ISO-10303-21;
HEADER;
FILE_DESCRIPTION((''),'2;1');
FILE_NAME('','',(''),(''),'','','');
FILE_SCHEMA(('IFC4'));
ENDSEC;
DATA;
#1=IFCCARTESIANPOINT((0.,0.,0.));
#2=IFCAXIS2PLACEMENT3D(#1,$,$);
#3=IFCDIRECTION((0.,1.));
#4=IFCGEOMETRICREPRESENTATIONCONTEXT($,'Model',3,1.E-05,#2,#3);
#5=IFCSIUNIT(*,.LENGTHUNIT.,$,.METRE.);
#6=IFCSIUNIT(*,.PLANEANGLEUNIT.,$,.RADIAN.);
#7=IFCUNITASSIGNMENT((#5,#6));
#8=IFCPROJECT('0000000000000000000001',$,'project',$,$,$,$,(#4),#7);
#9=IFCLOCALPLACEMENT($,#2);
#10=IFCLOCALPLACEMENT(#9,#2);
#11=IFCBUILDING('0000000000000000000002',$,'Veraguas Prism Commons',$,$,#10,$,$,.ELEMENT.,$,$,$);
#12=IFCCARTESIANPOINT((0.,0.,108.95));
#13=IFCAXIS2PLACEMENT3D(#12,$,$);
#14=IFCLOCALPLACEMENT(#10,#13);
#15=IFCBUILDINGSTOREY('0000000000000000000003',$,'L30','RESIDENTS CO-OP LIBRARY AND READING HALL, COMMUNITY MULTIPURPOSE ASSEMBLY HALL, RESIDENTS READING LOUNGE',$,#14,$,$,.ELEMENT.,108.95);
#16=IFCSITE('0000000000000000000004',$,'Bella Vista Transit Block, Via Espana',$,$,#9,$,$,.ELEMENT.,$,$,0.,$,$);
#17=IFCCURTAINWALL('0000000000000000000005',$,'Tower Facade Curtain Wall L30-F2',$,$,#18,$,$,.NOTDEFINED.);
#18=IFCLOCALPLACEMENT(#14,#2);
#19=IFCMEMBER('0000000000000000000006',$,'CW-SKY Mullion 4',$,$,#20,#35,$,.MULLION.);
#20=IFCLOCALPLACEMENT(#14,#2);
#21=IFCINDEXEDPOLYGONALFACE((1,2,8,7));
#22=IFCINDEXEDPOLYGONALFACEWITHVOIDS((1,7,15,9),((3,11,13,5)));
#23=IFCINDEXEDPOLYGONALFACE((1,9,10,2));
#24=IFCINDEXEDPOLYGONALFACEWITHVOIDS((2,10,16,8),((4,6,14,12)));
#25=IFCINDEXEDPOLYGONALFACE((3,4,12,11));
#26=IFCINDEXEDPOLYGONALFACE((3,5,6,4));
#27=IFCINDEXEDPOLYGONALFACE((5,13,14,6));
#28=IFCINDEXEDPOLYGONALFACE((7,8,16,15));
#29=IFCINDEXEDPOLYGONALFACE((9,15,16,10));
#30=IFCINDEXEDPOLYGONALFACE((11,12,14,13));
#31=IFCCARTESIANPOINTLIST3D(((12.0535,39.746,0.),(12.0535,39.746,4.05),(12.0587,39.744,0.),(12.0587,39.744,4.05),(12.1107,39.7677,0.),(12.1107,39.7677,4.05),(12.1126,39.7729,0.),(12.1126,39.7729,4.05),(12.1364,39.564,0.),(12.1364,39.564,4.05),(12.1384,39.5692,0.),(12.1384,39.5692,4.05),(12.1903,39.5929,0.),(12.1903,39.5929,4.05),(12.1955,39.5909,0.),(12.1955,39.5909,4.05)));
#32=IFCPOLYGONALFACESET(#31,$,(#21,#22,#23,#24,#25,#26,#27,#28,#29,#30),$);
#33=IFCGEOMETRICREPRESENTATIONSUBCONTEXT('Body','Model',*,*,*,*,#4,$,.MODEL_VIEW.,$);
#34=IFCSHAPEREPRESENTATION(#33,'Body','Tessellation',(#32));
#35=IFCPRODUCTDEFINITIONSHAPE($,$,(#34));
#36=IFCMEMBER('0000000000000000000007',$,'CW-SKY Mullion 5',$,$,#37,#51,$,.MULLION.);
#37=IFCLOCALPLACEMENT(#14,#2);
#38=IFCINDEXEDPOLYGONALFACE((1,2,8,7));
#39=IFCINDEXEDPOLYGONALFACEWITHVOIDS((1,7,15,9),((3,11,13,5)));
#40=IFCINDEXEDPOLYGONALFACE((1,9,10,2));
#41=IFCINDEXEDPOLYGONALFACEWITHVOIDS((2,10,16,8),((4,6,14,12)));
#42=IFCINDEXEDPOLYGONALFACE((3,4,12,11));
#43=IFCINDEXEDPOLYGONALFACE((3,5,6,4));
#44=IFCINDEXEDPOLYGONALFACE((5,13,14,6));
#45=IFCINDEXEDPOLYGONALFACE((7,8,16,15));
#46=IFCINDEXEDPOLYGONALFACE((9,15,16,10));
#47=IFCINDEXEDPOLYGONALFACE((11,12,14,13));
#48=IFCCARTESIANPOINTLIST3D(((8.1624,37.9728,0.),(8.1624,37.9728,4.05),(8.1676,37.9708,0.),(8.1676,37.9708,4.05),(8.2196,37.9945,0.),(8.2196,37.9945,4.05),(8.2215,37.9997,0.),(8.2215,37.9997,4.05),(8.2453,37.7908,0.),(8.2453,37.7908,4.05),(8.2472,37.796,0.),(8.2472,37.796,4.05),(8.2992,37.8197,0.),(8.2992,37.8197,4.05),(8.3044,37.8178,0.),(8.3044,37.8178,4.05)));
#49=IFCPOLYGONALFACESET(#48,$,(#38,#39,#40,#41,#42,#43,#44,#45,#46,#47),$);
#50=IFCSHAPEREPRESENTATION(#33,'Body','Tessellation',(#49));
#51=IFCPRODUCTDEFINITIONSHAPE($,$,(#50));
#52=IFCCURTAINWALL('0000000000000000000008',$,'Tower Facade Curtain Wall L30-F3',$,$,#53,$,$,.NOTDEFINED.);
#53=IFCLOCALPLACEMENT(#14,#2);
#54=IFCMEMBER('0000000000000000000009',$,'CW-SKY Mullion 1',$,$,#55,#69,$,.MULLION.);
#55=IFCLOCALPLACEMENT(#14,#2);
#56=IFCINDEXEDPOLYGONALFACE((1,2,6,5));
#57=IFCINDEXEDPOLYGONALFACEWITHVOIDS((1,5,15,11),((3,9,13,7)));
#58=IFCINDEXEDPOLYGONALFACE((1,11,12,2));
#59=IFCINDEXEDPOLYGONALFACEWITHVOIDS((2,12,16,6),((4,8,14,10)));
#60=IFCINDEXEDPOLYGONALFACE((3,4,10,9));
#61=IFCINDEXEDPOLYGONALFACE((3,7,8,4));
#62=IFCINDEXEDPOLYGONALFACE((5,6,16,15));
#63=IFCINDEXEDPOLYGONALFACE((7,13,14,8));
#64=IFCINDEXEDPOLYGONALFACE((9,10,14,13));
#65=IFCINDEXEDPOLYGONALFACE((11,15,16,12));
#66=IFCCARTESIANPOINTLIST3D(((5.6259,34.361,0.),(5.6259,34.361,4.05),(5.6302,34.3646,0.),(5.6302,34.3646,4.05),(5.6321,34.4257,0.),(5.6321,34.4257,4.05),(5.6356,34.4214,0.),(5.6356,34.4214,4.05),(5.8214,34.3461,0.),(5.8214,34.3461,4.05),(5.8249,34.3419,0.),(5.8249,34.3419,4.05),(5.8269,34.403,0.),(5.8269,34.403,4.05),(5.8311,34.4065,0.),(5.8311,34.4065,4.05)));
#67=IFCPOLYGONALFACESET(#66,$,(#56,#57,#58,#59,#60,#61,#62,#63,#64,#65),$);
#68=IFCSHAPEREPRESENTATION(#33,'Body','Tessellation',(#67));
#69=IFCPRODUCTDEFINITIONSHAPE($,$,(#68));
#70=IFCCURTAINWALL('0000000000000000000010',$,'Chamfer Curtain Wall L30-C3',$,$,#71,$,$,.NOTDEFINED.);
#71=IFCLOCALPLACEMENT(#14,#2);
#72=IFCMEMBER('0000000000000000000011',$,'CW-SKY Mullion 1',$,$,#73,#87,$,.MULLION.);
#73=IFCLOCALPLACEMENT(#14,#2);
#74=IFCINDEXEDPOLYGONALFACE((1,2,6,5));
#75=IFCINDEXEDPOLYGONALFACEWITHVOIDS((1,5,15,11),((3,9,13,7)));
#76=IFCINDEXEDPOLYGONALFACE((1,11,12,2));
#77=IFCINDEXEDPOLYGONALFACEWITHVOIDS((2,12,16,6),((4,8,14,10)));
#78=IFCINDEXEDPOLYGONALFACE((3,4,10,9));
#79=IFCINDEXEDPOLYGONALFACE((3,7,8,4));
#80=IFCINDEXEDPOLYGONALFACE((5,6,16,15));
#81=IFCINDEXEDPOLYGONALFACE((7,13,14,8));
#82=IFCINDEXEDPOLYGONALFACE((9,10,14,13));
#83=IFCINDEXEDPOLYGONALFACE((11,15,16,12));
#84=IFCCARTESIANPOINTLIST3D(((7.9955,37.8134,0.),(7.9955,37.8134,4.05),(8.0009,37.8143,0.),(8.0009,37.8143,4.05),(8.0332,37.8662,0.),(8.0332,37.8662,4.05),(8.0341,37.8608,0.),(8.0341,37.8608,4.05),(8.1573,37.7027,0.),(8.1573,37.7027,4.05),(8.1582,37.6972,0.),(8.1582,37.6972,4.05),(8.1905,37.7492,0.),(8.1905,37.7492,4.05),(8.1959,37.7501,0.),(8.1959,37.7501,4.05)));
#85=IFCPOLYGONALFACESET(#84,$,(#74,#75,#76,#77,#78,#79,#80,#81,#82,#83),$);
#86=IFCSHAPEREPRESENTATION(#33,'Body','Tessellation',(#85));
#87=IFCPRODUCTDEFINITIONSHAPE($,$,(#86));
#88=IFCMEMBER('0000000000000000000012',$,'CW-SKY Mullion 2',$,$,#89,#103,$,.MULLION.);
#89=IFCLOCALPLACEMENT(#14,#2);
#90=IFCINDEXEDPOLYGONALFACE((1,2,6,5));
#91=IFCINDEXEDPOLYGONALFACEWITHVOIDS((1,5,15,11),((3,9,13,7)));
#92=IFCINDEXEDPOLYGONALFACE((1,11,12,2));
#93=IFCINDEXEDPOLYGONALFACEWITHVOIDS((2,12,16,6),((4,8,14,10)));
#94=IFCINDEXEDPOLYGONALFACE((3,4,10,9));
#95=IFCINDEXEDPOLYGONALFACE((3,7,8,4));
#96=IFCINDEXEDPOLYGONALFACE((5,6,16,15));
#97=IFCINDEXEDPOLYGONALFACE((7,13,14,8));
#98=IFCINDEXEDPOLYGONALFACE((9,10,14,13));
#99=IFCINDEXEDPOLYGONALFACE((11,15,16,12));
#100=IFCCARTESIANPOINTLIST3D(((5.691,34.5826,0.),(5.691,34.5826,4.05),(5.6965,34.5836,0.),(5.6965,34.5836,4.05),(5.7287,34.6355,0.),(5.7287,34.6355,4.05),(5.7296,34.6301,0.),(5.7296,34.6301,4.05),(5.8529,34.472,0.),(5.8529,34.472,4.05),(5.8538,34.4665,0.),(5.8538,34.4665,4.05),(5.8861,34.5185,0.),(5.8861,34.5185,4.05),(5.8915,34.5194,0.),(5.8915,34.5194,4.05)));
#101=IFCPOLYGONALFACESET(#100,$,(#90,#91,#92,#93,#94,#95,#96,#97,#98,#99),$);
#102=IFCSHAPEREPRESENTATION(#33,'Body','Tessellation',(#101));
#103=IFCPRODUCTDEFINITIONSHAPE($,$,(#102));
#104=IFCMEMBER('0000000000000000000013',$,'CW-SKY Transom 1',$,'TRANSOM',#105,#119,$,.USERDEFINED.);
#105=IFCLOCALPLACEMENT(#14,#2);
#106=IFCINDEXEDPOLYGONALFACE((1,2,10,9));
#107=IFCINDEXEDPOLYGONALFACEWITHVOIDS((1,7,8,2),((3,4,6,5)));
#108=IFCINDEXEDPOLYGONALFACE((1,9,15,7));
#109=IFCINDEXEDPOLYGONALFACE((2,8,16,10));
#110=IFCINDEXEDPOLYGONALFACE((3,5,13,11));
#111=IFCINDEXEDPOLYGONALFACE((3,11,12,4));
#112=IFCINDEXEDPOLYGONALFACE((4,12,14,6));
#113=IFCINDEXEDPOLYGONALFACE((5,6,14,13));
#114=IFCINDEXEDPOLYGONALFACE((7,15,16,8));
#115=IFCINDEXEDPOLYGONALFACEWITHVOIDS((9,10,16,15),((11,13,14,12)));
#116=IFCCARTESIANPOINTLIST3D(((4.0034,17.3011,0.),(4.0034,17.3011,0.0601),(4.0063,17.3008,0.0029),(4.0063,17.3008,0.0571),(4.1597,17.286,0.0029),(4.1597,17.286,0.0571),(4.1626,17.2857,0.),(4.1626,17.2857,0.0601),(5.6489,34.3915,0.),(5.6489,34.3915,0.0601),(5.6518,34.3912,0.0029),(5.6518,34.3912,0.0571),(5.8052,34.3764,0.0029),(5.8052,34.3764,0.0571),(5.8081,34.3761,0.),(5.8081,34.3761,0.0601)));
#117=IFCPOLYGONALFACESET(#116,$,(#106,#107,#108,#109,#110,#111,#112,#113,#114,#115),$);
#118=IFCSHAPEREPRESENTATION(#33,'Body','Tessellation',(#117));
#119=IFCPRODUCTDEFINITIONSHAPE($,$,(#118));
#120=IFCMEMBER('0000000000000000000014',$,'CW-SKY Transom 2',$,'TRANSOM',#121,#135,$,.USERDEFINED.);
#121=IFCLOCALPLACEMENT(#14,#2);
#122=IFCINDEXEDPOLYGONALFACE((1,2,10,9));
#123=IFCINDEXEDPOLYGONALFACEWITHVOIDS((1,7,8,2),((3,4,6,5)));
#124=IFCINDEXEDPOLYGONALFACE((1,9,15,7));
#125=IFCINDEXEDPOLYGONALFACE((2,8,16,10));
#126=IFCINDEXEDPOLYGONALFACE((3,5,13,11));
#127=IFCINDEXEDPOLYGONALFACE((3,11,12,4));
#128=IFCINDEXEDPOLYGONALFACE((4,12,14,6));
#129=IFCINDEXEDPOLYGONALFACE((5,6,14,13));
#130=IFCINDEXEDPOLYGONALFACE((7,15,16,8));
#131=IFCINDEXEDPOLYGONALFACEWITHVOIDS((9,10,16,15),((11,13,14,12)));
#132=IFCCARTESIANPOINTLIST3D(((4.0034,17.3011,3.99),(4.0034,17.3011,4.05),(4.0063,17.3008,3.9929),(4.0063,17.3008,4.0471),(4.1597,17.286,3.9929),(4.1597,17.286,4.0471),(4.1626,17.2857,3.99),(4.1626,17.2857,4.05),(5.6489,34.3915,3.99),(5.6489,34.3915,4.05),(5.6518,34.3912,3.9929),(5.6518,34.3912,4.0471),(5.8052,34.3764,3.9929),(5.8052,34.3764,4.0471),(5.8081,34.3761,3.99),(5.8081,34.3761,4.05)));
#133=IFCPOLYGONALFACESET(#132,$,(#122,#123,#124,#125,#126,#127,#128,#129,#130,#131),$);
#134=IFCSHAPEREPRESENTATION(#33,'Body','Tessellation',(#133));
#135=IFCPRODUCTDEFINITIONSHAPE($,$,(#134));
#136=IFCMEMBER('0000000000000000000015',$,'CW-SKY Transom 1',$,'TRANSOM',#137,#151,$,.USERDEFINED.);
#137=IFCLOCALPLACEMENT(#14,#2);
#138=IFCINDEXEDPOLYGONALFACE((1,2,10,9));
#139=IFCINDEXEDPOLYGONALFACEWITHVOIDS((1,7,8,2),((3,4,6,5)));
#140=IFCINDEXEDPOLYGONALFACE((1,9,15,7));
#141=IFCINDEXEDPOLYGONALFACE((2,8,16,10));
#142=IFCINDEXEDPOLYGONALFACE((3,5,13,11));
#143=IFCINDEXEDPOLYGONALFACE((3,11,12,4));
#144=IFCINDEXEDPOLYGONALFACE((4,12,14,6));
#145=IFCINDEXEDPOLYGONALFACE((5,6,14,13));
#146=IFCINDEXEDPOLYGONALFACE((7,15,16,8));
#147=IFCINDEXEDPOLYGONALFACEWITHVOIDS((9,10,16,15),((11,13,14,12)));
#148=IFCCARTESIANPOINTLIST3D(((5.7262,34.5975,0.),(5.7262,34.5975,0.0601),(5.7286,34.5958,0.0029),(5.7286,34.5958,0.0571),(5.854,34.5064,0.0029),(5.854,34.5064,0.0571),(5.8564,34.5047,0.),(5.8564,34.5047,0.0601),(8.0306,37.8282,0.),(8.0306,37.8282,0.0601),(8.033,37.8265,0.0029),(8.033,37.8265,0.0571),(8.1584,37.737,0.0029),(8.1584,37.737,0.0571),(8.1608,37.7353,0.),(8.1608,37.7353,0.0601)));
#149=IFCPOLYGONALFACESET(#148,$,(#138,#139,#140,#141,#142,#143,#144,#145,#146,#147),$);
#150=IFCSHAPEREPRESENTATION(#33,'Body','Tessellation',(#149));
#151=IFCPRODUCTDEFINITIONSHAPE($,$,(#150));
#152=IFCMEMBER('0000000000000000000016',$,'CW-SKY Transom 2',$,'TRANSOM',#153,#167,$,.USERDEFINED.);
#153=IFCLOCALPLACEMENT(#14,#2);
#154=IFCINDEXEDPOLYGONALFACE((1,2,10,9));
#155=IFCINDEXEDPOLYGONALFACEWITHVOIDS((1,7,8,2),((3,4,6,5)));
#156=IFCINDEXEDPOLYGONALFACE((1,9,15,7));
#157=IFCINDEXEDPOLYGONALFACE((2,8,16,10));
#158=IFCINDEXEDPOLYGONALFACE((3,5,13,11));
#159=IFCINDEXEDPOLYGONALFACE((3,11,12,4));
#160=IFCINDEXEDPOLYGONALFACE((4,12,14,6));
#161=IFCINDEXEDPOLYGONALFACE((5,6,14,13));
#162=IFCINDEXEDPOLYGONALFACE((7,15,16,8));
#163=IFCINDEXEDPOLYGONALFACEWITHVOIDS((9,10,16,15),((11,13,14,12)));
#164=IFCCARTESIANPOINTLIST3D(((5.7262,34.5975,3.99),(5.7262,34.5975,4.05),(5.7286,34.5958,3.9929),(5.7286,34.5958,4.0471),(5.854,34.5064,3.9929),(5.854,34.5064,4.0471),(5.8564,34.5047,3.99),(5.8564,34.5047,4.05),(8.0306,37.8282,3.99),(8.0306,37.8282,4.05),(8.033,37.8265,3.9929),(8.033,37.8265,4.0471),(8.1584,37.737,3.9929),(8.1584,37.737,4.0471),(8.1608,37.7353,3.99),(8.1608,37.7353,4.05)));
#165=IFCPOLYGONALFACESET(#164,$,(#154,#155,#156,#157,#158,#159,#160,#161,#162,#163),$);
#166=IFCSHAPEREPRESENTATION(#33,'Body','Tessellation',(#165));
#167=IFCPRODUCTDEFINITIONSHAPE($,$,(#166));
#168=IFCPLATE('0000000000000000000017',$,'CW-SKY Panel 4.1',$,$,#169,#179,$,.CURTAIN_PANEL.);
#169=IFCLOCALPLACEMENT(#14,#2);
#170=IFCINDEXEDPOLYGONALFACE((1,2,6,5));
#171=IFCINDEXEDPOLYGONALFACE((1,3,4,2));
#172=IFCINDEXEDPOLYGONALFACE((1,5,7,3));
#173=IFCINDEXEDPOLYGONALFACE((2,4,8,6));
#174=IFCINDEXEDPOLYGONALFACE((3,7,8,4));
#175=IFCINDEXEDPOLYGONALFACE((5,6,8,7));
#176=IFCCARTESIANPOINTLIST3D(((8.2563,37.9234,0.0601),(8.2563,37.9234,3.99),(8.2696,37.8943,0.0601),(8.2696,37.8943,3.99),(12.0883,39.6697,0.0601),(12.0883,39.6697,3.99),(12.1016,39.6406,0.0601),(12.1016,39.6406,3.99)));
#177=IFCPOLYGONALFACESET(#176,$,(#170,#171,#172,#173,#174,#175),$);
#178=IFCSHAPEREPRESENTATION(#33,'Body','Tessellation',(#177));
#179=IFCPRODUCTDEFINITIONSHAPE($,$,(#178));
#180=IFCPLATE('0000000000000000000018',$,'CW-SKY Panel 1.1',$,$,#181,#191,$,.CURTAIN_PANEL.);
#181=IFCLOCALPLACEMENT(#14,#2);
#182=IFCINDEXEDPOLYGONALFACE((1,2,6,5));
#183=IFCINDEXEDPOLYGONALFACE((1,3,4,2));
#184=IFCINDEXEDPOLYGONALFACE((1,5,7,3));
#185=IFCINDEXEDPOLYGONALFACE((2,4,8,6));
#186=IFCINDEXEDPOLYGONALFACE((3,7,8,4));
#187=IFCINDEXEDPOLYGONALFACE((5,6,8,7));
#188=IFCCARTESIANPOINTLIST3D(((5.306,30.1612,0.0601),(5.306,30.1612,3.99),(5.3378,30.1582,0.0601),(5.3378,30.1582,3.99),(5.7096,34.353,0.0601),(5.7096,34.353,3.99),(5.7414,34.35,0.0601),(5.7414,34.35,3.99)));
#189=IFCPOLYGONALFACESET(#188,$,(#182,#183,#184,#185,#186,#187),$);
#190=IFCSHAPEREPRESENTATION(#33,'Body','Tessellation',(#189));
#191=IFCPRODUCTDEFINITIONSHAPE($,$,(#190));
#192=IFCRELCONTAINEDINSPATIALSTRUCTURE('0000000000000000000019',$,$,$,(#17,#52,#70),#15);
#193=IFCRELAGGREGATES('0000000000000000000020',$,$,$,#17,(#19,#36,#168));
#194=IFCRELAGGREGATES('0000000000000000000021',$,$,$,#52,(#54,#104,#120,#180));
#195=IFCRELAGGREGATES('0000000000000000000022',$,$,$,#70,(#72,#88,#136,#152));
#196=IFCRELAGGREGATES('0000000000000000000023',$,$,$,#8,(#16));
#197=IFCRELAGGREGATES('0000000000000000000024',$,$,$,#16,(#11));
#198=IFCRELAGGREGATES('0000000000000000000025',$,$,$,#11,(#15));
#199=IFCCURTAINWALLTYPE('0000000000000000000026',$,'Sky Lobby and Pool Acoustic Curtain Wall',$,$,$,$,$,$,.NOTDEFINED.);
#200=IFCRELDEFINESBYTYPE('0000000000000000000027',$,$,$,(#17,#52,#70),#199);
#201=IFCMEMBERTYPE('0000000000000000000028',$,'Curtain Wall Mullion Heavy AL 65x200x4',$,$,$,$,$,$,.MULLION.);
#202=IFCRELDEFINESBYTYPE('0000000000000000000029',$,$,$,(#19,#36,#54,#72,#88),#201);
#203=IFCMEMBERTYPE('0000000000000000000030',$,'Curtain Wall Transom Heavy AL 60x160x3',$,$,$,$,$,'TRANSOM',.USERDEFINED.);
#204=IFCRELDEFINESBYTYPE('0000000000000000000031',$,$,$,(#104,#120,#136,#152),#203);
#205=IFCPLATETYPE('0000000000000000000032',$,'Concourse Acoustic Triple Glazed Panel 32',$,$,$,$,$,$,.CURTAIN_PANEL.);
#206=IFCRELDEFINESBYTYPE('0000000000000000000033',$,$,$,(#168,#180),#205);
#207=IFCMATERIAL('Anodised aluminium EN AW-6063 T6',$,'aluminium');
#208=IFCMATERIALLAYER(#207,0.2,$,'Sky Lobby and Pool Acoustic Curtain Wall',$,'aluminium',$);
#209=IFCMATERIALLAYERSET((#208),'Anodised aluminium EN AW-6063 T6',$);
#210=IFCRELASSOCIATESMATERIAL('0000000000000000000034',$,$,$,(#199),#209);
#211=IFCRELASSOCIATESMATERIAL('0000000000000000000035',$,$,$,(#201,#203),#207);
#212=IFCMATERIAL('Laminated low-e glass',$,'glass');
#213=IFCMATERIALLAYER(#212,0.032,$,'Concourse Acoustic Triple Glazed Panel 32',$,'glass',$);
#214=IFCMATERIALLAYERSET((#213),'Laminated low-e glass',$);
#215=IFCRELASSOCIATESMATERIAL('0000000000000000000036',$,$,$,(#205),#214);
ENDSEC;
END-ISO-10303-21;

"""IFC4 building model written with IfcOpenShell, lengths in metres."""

from ifc_helpers import new_model, si_unit, direction, frame, origin, origin_2d, place, context, subcontext, project, spatial, rectangle, hollow_rectangle, extrude, source, transform, mapped, material, layer, layer_set, material_profile, profile_set, type_object, element, aggregate, save


model = new_model("IFC4")

# Units and contexts
model_context = context("Model", 3, precision=1e-05, world=origin(), true_north=direction((0.0, 1.0)))
body_context = subcontext(model_context, "Body", "Model", "MODEL_VIEW")
ifc_project = project(units=[si_unit("LENGTHUNIT", "METRE"), si_unit("PLANEANGLEUNIT", "RADIAN")], contexts=[model_context])

# Site, building, storey
site_placement = place(None, origin())
site = spatial("IfcSite", under=ifc_project, at=site_placement, Name="Bella Vista Transit Block, Via Espana", CompositionType="ELEMENT", RefElevation=0.0)
building_placement = place(site_placement, origin())
building = spatial("IfcBuilding", under=site, at=building_placement, Name="Veraguas Prism Commons", CompositionType="ELEMENT")
storey_placement = place(building_placement, frame((0.0, 0.0, 108.95)))
storey = spatial("IfcBuildingStorey", under=building, at=storey_placement, Name="L30", Description="RESIDENTS CO-OP LIBRARY AND READING HALL, COMMUNITY MULTIPURPOSE ASSEMBLY HALL, RESIDENTS READING LOUNGE", CompositionType="ELEMENT", Elevation=108.95)

# Curtain wall, members
ifc_material_1 = material(Name="Anodised aluminium EN AW-6063 T6", Category="aluminium")
ifc_layer_1 = layer(ifc_material_1, 0.2, Name="Sky Lobby and Pool Acoustic Curtain Wall", Category="aluminium")
ifc_layer_set_1 = layer_set([ifc_layer_1], Name="Anodised aluminium EN AW-6063 T6")
curtain_wall_type = type_object("IfcCurtainWallType", Name="Sky Lobby and Pool Acoustic Curtain Wall", PredefinedType="NOTDEFINED", material=ifc_layer_set_1)
curtain_wall_1_placement = place(storey_placement, origin())
curtain_wall_1 = element("IfcCurtainWall", 1, at=curtain_wall_1_placement, inside=storey, type_object=curtain_wall_type, Name="Tower Facade Curtain Wall L30-F2", PredefinedType="NOTDEFINED")
ifc_material_profile_1 = material_profile(ifc_material_1, hollow_rectangle(XDim=0.0649, YDim=0.2, WallThickness=0.0039, at=origin_2d()), Name="AL65X200X4")
ifc_profile_set_1 = profile_set([ifc_material_profile_1], Name="Anodised aluminium EN AW-6063 T6")
member_type_1 = type_object("IfcMemberType", Name="Curtain Wall Mullion Heavy AL 65x200x4", PredefinedType="MULLION", material=ifc_profile_set_1)
shared_shape_1 = source(origin(), body_context, "Body", "SweptSolid", [
    extrude(hollow_rectangle(XDim=0.0649, YDim=0.2, WallThickness=0.0039, at=origin_2d()), origin(), (0.0, 0.0, 1.0), 4.05),
])
member_1_placement = place(storey_placement, frame((12.1245, 39.6685, 0.0), z_axis=(0.0, 0.0, 1.0), x_axis=(-0.909961, -0.414695, 0.0)))
member_1 = element("IfcMember", 2, at=member_1_placement, type_object=member_type_1, Name="CW-SKY Mullion 4", PredefinedType="MULLION", context=body_context, shape_type="MappedRepresentation", body=[
    mapped(shared_shape_1, transform((0.0, 0.0, 0.0), scale=1.0)),
])
member_2_placement = place(storey_placement, frame((8.2334, 37.8953, 0.0), z_axis=(0.0, 0.0, 1.0), x_axis=(-0.909961, -0.414695, 0.0)))
member_2 = element("IfcMember", 3, at=member_2_placement, type_object=member_type_1, Name="CW-SKY Mullion 5", PredefinedType="MULLION", context=body_context, shape_type="MappedRepresentation", body=[
    mapped(shared_shape_1, transform((0.0, 0.0, 0.0), scale=1.0)),
])

# Curtain wall, member
curtain_wall_2_placement = place(storey_placement, origin())
curtain_wall_2 = element("IfcCurtainWall", 4, at=curtain_wall_2_placement, inside=storey, type_object=curtain_wall_type, Name="Tower Facade Curtain Wall L30-F3", PredefinedType="NOTDEFINED")
member_3_placement = place(storey_placement, frame((5.7285, 34.3838, 0.0), z_axis=(0.0, 0.0, 1.0), x_axis=(-0.095837, -0.995397, 0.0)))
member_3 = element("IfcMember", 5, at=member_3_placement, type_object=member_type_1, Name="CW-SKY Mullion 1", PredefinedType="MULLION", context=body_context, shape_type="MappedRepresentation", body=[
    mapped(shared_shape_1, transform((0.0, 0.0, 0.0), scale=1.0)),
])

# Curtain wall, members
curtain_wall_3_placement = place(storey_placement, origin())
curtain_wall_3 = element("IfcCurtainWall", 6, at=curtain_wall_3_placement, inside=storey, type_object=curtain_wall_type, Name="Chamfer Curtain Wall L30-C3", PredefinedType="NOTDEFINED")
member_4_placement = place(storey_placement, frame((8.0957, 37.7817, 0.0), z_axis=(0.0, 0.0, 1.0), x_axis=(-0.58072, -0.814103, 0.0)))
member_4 = element("IfcMember", 7, at=member_4_placement, type_object=member_type_1, Name="CW-SKY Mullion 1", PredefinedType="MULLION", context=body_context, shape_type="MappedRepresentation", body=[
    mapped(shared_shape_1, transform((0.0, 0.0, 0.0), scale=1.0)),
])
member_5_placement = place(storey_placement, frame((5.7913, 34.551, 0.0), z_axis=(0.0, 0.0, 1.0), x_axis=(-0.58072, -0.814103, 0.0)))
member_5 = element("IfcMember", 8, at=member_5_placement, type_object=member_type_1, Name="CW-SKY Mullion 2", PredefinedType="MULLION", context=body_context, shape_type="MappedRepresentation", body=[
    mapped(shared_shape_1, transform((0.0, 0.0, 0.0), scale=1.0)),
])

# Members
ifc_material_profile_2 = material_profile(ifc_material_1, hollow_rectangle(XDim=0.0601, YDim=0.1599, WallThickness=0.0029, at=origin_2d()), Name="AL60X160X3")
ifc_profile_set_2 = profile_set([ifc_material_profile_2], Name="Anodised aluminium EN AW-6063 T6")
member_type_2 = type_object("IfcMemberType", Name="Curtain Wall Transom Heavy AL 60x160x3", ElementType="TRANSOM", PredefinedType="USERDEFINED", material=ifc_profile_set_2)
shared_shape_2 = source(origin(), body_context, "Body", "SweptSolid", [
    extrude(hollow_rectangle(XDim=0.0601, YDim=0.1599, WallThickness=0.0029, at=origin_2d()), origin(), (0.0, 0.0, 1.0), 17.1694),
])
member_6_placement = place(storey_placement, frame((5.7285, 34.3838, 0.03), z_axis=(-0.09584, -0.995397, 0.0), x_axis=(0.0, 0.0, 1.0)))
member_6 = element("IfcMember", 9, at=member_6_placement, type_object=member_type_2, Name="CW-SKY Transom 1", ObjectType="TRANSOM", PredefinedType="USERDEFINED", context=body_context, shape_type="MappedRepresentation", body=[
    mapped(shared_shape_2, transform((0.0, 0.0, 0.0), scale=1.0)),
])
member_7_placement = place(storey_placement, frame((5.7285, 34.3838, 4.02), z_axis=(-0.09584, -0.995397, 0.0), x_axis=(0.0, 0.0, 1.0)))
member_7 = element("IfcMember", 10, at=member_7_placement, type_object=member_type_2, Name="CW-SKY Transom 2", ObjectType="TRANSOM", PredefinedType="USERDEFINED", context=body_context, shape_type="MappedRepresentation", body=[
    mapped(shared_shape_2, transform((0.0, 0.0, 0.0), scale=1.0)),
])
shared_shape_3 = source(origin(), body_context, "Body", "SweptSolid", [
    extrude(hollow_rectangle(XDim=0.0601, YDim=0.1599, WallThickness=0.0029, at=origin_2d()), origin(), (0.0, 0.0, 1.0), 3.9683),
])
member_8_placement = place(storey_placement, frame((8.0957, 37.7817, 0.03), z_axis=(-0.580703, -0.814116, 0.0), x_axis=(0.0, 0.0, 1.0)))
member_8 = element("IfcMember", 11, at=member_8_placement, type_object=member_type_2, Name="CW-SKY Transom 1", ObjectType="TRANSOM", PredefinedType="USERDEFINED", context=body_context, shape_type="MappedRepresentation", body=[
    mapped(shared_shape_3, transform((0.0, 0.0, 0.0), scale=1.0)),
])
member_9_placement = place(storey_placement, frame((8.0957, 37.7817, 4.02), z_axis=(-0.580703, -0.814116, 0.0), x_axis=(0.0, 0.0, 1.0)))
member_9 = element("IfcMember", 12, at=member_9_placement, type_object=member_type_2, Name="CW-SKY Transom 2", ObjectType="TRANSOM", PredefinedType="USERDEFINED", context=body_context, shape_type="MappedRepresentation", body=[
    mapped(shared_shape_3, transform((0.0, 0.0, 0.0), scale=1.0)),
])

# Plates
ifc_material_2 = material(Name="Laminated low-e glass", Category="glass")
ifc_layer_2 = layer(ifc_material_2, 0.032, Name="Concourse Acoustic Triple Glazed Panel 32", Category="glass")
ifc_layer_set_2 = layer_set([ifc_layer_2], Name="Laminated low-e glass")
plate_type = type_object("IfcPlateType", Name="Concourse Acoustic Triple Glazed Panel 32", PredefinedType="CURTAIN_PANEL", material=ifc_layer_set_2)
shared_shape_4 = source(origin(), body_context, "Body", "SweptSolid", [
    extrude(rectangle(XDim=4.2112, YDim=0.032, at=origin_2d()), origin(), (0.0, 0.0, 1.0), 3.9299),
])
plate_1_placement = place(storey_placement, frame((10.179, 38.782, 0.0601), z_axis=(0.0, 0.0, 1.0), x_axis=(-0.909961, -0.414695, 0.0)))
plate_1 = element("IfcPlate", 13, at=plate_1_placement, type_object=plate_type, Name="CW-SKY Panel 4.1", PredefinedType="CURTAIN_PANEL", context=body_context, shape_type="MappedRepresentation", body=[
    mapped(shared_shape_4, transform((0.0, 0.0, 0.0), scale=1.0)),
])
aggregate(curtain_wall_1, [member_1, member_2, plate_1])
plate_2_placement = place(storey_placement, frame((5.5237, 32.2556, 0.0601), z_axis=(0.0, 0.0, 1.0), x_axis=(-0.095837, -0.995397, 0.0)))
plate_2 = element("IfcPlate", 14, at=plate_2_placement, type_object=plate_type, Name="CW-SKY Panel 1.1", PredefinedType="CURTAIN_PANEL", context=body_context, shape_type="MappedRepresentation", body=[
    mapped(shared_shape_4, transform((0.0, 0.0, 0.0), scale=1.0)),
])
aggregate(curtain_wall_2, [member_3, member_6, member_7, plate_2])
aggregate(curtain_wall_3, [member_4, member_5, member_8, member_9])

save(model, "model.ifc")
